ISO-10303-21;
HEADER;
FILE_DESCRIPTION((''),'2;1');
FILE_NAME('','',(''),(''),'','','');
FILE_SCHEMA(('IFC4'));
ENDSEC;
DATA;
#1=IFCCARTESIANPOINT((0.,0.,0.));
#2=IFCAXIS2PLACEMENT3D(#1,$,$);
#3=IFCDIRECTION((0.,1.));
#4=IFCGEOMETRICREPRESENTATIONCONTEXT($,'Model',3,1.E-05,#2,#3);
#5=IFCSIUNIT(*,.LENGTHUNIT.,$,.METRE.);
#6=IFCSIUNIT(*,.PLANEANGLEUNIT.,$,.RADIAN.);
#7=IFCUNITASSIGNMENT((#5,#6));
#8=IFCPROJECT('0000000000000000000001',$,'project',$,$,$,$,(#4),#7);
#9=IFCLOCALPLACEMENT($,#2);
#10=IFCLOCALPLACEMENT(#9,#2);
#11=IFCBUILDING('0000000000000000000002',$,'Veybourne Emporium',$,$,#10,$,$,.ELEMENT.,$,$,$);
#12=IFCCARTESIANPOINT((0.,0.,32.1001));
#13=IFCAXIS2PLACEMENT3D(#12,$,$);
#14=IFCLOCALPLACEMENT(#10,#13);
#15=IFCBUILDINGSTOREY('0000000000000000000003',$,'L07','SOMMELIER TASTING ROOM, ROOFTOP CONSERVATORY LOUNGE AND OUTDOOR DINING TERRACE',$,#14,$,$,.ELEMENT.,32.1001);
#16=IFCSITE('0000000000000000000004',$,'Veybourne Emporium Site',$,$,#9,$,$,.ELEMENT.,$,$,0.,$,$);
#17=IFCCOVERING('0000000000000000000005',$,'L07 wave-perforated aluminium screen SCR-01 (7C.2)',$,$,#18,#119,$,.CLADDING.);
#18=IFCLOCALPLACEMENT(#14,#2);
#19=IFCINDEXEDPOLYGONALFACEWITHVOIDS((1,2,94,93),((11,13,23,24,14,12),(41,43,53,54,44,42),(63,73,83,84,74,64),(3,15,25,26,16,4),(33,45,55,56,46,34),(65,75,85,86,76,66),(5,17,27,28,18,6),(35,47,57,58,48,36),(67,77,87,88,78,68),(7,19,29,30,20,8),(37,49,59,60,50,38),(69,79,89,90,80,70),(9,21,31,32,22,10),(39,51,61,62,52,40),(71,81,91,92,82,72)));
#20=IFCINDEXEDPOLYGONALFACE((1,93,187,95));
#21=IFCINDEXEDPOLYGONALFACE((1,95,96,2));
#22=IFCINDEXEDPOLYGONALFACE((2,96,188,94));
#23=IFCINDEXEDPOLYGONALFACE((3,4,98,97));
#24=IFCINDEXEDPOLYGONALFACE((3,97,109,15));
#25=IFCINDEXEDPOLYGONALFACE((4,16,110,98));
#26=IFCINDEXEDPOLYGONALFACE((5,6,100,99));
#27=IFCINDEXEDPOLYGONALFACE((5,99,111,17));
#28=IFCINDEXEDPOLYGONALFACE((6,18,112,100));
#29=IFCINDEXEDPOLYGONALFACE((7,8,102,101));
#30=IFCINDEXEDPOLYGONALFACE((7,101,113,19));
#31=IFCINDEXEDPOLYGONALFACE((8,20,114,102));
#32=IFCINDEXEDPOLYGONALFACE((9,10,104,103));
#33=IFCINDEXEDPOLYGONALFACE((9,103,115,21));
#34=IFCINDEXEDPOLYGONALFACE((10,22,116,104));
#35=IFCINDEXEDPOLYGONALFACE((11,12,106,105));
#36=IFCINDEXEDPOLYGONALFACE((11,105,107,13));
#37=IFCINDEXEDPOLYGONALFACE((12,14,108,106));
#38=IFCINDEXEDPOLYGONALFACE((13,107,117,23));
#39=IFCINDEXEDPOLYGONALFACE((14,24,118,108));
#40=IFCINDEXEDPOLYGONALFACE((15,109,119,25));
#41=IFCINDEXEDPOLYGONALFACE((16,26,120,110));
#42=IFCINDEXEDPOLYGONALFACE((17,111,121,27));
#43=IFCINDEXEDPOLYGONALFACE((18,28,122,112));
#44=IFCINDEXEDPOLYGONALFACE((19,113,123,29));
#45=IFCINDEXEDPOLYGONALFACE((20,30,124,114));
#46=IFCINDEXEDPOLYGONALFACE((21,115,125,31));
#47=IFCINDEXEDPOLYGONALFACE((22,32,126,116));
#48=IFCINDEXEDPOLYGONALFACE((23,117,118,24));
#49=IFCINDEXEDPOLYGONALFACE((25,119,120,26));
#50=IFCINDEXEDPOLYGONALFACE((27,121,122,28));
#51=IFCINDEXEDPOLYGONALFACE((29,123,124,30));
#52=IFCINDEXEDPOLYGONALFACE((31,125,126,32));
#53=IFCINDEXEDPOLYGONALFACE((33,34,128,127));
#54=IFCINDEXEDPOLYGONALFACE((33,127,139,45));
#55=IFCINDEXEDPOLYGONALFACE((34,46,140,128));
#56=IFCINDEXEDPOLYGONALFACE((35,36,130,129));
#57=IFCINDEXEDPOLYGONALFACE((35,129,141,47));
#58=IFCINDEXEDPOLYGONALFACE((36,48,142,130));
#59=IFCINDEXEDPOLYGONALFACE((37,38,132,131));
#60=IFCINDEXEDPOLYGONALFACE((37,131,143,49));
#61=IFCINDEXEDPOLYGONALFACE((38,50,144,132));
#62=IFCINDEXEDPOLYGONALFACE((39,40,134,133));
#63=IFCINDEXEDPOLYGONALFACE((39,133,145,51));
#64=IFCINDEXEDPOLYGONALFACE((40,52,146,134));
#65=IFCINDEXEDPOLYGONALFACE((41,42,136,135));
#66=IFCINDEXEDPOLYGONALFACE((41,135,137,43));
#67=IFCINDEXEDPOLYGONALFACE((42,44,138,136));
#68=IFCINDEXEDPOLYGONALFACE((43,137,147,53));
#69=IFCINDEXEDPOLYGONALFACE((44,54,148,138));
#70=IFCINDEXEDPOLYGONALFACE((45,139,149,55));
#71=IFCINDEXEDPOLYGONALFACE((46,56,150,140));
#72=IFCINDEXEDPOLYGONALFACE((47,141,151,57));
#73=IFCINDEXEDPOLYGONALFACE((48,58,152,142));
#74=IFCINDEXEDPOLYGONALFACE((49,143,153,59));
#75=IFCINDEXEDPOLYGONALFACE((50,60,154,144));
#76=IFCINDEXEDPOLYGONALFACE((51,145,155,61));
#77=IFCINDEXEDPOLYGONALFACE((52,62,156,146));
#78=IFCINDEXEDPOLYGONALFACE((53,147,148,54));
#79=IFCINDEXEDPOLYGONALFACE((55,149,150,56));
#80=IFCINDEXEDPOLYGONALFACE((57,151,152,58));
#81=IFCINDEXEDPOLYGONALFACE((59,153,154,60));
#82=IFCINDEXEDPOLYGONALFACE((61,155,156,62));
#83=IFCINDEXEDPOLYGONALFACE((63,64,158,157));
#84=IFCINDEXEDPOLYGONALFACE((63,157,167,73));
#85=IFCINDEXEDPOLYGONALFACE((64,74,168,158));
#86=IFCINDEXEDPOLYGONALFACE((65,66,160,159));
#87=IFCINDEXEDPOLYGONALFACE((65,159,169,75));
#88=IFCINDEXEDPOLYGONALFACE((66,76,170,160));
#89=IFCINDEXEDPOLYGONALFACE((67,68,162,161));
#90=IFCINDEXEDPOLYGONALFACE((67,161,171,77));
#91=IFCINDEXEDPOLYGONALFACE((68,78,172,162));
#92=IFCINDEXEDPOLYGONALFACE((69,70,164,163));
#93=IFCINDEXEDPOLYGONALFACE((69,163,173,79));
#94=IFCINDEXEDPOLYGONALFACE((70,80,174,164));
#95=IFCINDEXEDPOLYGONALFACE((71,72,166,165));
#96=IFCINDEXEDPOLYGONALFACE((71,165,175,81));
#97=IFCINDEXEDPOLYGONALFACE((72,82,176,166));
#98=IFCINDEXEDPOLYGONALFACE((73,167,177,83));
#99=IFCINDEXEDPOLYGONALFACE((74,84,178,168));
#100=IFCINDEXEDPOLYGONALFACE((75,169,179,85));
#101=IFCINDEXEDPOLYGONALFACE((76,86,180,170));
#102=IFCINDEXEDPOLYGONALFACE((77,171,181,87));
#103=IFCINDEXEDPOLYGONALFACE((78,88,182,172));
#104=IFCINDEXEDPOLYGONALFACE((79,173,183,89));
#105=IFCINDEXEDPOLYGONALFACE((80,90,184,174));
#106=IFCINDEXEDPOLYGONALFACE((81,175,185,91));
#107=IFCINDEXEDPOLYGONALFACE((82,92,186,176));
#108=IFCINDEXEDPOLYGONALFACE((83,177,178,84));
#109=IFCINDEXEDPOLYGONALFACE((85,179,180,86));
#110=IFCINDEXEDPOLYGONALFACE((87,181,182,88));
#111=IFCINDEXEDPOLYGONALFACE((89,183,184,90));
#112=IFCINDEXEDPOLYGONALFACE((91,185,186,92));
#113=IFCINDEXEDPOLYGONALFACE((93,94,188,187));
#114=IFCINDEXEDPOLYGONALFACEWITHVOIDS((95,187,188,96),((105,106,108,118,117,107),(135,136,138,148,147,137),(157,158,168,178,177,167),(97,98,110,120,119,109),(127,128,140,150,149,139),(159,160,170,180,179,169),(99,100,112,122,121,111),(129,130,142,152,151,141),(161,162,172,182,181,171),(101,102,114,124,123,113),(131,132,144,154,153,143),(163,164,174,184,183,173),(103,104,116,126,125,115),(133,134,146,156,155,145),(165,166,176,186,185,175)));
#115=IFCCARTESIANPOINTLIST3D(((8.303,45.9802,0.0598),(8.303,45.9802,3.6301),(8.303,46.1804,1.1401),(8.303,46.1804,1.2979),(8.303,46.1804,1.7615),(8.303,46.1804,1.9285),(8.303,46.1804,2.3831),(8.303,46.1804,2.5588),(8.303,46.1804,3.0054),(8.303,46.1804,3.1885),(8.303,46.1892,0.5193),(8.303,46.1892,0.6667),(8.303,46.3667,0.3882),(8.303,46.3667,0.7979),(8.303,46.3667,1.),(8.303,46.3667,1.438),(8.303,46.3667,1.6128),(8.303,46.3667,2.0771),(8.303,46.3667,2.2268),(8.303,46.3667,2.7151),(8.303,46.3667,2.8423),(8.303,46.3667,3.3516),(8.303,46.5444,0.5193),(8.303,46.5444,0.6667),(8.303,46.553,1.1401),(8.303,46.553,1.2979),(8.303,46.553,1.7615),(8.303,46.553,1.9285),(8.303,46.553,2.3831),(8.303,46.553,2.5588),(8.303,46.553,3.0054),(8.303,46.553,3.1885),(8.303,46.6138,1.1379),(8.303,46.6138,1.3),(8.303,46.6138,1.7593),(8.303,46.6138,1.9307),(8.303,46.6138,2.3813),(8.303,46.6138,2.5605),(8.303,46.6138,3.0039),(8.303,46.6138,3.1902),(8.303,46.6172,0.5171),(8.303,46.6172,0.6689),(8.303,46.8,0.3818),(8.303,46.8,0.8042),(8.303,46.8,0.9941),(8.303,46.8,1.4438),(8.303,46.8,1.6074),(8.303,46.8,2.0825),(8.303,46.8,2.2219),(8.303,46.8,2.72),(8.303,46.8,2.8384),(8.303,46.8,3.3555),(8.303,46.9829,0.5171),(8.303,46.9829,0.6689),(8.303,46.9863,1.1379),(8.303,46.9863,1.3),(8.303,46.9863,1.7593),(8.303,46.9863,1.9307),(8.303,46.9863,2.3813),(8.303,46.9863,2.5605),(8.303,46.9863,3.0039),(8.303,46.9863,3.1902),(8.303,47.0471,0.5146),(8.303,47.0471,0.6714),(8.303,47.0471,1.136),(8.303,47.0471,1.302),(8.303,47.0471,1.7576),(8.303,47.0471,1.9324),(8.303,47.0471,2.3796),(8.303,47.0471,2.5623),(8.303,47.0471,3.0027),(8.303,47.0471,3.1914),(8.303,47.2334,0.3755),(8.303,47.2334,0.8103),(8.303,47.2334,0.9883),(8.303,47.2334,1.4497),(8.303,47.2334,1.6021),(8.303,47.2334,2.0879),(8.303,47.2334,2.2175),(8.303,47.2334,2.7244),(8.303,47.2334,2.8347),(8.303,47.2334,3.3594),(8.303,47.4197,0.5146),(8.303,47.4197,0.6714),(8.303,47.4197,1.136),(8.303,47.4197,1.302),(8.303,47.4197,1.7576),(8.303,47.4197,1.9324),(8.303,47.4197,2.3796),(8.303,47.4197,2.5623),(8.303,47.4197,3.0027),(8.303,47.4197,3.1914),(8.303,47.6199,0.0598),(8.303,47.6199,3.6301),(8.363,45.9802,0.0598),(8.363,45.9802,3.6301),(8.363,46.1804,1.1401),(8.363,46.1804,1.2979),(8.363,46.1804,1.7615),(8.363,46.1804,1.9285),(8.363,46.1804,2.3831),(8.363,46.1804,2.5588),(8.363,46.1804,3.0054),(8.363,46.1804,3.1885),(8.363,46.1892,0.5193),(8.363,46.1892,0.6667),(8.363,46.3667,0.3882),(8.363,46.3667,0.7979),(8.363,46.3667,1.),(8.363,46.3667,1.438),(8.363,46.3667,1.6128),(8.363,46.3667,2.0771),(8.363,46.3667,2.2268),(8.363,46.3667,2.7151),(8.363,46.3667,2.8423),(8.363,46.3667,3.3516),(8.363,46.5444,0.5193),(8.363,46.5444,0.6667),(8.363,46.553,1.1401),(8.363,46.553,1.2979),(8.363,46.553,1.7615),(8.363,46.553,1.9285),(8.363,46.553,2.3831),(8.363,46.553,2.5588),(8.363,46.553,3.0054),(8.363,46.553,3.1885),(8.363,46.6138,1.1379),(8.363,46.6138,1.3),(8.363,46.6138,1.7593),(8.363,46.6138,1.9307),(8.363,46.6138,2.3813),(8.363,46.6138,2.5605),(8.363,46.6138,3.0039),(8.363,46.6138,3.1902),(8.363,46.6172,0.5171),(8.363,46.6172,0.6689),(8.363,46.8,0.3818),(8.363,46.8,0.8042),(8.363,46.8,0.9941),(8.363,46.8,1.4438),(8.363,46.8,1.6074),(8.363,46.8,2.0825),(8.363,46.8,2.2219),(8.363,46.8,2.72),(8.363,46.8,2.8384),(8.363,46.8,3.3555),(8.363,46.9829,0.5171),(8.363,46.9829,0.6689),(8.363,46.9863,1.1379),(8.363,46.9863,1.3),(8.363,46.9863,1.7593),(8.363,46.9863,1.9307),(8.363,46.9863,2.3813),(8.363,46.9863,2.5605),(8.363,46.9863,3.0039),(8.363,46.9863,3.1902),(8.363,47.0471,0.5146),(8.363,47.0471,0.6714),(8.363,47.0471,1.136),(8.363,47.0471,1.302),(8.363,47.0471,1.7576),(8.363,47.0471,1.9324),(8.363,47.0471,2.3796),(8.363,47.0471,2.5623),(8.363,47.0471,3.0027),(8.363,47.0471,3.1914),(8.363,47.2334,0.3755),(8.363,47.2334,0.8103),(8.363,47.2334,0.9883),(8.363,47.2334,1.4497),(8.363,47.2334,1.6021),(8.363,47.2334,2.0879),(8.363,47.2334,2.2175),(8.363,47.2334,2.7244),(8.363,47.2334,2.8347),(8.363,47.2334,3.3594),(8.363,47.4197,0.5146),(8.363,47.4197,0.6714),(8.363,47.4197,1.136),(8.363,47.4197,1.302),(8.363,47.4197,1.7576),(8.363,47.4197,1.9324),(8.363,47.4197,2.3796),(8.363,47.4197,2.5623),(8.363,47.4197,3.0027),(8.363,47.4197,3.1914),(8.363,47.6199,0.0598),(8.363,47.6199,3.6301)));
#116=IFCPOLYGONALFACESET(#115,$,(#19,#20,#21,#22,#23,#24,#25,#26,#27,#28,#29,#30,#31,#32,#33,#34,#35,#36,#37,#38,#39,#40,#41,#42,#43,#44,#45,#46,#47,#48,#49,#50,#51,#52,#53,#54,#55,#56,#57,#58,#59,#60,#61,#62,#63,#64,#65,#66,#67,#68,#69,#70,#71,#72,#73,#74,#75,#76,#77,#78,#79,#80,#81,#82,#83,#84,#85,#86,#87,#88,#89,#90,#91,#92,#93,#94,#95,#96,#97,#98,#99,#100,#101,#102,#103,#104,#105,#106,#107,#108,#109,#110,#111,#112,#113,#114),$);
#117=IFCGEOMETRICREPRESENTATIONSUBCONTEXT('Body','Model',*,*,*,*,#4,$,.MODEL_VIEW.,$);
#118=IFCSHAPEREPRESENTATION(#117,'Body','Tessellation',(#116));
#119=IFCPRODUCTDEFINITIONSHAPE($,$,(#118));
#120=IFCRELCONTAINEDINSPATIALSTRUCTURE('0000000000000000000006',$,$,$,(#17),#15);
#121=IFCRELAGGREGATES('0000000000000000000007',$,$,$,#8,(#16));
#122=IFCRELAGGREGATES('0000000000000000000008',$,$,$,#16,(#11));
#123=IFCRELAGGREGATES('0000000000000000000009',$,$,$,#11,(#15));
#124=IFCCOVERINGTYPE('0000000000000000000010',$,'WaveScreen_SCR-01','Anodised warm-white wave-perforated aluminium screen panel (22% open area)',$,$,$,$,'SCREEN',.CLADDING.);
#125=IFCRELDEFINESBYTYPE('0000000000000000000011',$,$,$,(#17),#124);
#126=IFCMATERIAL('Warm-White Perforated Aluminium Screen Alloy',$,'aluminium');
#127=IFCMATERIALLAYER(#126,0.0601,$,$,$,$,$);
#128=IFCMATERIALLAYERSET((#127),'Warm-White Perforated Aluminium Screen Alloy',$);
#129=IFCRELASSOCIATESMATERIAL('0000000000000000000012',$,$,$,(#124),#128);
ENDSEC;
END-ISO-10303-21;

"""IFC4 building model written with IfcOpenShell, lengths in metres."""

from ifc_helpers import new_model, si_unit, direction, frame, origin, place, context, subcontext, project, spatial, polyline, outline, extrude, material, layer, layer_set, type_object, element, save


model = new_model("IFC4")

# Units and contexts
model_context = context("Model", 3, precision=1e-05, world=origin(), true_north=direction((0.0, 1.0)))
body_context = subcontext(model_context, "Body", "Model", "MODEL_VIEW")
ifc_project = project(units=[si_unit("LENGTHUNIT", "METRE"), si_unit("PLANEANGLEUNIT", "RADIAN")], contexts=[model_context])

# Site, building, storey
site_placement = place(None, origin())
site = spatial("IfcSite", under=ifc_project, at=site_placement, Name="Veybourne Emporium Site", CompositionType="ELEMENT", RefElevation=0.0)
building_placement = place(site_placement, origin())
building = spatial("IfcBuilding", under=site, at=building_placement, Name="Veybourne Emporium", CompositionType="ELEMENT")
storey_placement = place(building_placement, frame((0.0, 0.0, 32.1001)))
storey = spatial("IfcBuildingStorey", under=building, at=storey_placement, Name="L07", Description="SOMMELIER TASTING ROOM, ROOFTOP CONSERVATORY LOUNGE AND OUTDOOR DINING TERRACE", CompositionType="ELEMENT", Elevation=32.1001)

# Covering
ifc_material_1 = material(Name="Warm-White Perforated Aluminium Screen Alloy", Category="aluminium")
ifc_layer_1 = layer(ifc_material_1, 0.0601)
ifc_layer_set_1 = layer_set([ifc_layer_1], Name="Warm-White Perforated Aluminium Screen Alloy")
covering_type_1 = type_object("IfcCoveringType", Name="WaveScreen_SCR-01", Description="Anodised warm-white wave-perforated aluminium screen panel (22% open area)", ElementType="SCREEN", PredefinedType="CLADDING", material=ifc_layer_set_1)
covering_1_placement = place(storey_placement, frame((8.303, 46.8, 1.845), z_axis=(1.0, 0.0, 0.0), x_axis=(0.0, 1.0, 0.0)))
element("IfcCovering", 1, at=covering_1_placement, inside=storey, type_object=covering_type_1, Name="L07 wave-perforated aluminium screen SCR-01 (7C.2)", PredefinedType="CLADDING", context=body_context, shape_type="SweptSolid", body=[
    extrude(outline(polyline([(-0.8198, -1.7852), (0.8198, -1.7852), (0.8198, 1.7852), (-0.8198, 1.7852), (-0.8198, -1.7852)]), holes=[polyline([(-0.4333, -1.0471), (-0.2556, -1.1782), (-0.2556, -1.3257), (-0.4333, -1.4568), (-0.6108, -1.3257), (-0.6108, -1.1782), (-0.4333, -1.0471)]), polyline([(-0.4333, -0.407), (-0.2471, -0.5471), (-0.2471, -0.7048), (-0.4333, -0.845), (-0.6196, -0.7048), (-0.6196, -0.5471), (-0.4333, -0.407)]), polyline([(-0.4333, 0.2322), (-0.2471, 0.0835), (-0.2471, -0.0835), (-0.4333, -0.2322), (-0.6196, -0.0835), (-0.6196, 0.0835), (-0.4333, 0.2322)]), polyline([(-0.4333, 0.8701), (-0.2471, 0.7139), (-0.2471, 0.5381), (-0.4333, 0.3818), (-0.6196, 0.5381), (-0.6196, 0.7139), (-0.4333, 0.8701)]), polyline([(-0.4333, 1.5066), (-0.2471, 1.3435), (-0.2471, 1.1604), (-0.4333, 0.9973), (-0.6196, 1.1604), (-0.6196, 1.3435), (-0.4333, 1.5066)]), polyline([(0.0, -1.0408), (0.1829, -1.176), (0.1829, -1.3279), (0.0, -1.4631), (-0.1829, -1.3279), (-0.1829, -1.176), (0.0, -1.0408)]), polyline([(0.0, -0.4011), (0.1863, -0.5449), (0.1863, -0.707), (0.0, -0.8508), (-0.1863, -0.707), (-0.1863, -0.5449), (0.0, -0.4011)]), polyline([(0.0, 0.2375), (0.1863, 0.0857), (0.1863, -0.0857), (0.0, -0.2375), (-0.1863, -0.0857), (-0.1863, 0.0857), (0.0, 0.2375)]), polyline([(0.0, 0.875), (0.1863, 0.7156), (0.1863, 0.5364), (0.0, 0.377), (-0.1863, 0.5364), (-0.1863, 0.7156), (0.0, 0.875)]), polyline([(0.0, 1.5105), (0.1863, 1.3452), (0.1863, 1.1589), (0.0, 0.9934), (-0.1863, 1.1589), (-0.1863, 1.3452), (0.0, 1.5105)]), polyline([(0.4333, -1.0347), (0.6196, -1.1736), (0.6196, -1.3303), (0.4333, -1.4695), (0.2471, -1.3303), (0.2471, -1.1736), (0.4333, -1.0347)]), polyline([(0.4333, -0.3953), (0.6196, -0.543), (0.6196, -0.709), (0.4333, -0.8567), (0.2471, -0.709), (0.2471, -0.543), (0.4333, -0.3953)]), polyline([(0.4333, 0.2429), (0.6196, 0.0874), (0.6196, -0.0874), (0.4333, -0.2429), (0.2471, -0.0874), (0.2471, 0.0874), (0.4333, 0.2429)]), polyline([(0.4333, 0.8794), (0.6196, 0.7173), (0.6196, 0.5347), (0.4333, 0.3726), (0.2471, 0.5347), (0.2471, 0.7173), (0.4333, 0.8794)]), polyline([(0.4333, 1.5144), (0.6196, 1.3464), (0.6196, 1.1577), (0.4333, 0.9897), (0.2471, 1.1577), (0.2471, 1.3464), (0.4333, 1.5144)])]), origin(), (0.0, 0.0, 1.0), 0.0601),
])

save(model, "model.ifc")
